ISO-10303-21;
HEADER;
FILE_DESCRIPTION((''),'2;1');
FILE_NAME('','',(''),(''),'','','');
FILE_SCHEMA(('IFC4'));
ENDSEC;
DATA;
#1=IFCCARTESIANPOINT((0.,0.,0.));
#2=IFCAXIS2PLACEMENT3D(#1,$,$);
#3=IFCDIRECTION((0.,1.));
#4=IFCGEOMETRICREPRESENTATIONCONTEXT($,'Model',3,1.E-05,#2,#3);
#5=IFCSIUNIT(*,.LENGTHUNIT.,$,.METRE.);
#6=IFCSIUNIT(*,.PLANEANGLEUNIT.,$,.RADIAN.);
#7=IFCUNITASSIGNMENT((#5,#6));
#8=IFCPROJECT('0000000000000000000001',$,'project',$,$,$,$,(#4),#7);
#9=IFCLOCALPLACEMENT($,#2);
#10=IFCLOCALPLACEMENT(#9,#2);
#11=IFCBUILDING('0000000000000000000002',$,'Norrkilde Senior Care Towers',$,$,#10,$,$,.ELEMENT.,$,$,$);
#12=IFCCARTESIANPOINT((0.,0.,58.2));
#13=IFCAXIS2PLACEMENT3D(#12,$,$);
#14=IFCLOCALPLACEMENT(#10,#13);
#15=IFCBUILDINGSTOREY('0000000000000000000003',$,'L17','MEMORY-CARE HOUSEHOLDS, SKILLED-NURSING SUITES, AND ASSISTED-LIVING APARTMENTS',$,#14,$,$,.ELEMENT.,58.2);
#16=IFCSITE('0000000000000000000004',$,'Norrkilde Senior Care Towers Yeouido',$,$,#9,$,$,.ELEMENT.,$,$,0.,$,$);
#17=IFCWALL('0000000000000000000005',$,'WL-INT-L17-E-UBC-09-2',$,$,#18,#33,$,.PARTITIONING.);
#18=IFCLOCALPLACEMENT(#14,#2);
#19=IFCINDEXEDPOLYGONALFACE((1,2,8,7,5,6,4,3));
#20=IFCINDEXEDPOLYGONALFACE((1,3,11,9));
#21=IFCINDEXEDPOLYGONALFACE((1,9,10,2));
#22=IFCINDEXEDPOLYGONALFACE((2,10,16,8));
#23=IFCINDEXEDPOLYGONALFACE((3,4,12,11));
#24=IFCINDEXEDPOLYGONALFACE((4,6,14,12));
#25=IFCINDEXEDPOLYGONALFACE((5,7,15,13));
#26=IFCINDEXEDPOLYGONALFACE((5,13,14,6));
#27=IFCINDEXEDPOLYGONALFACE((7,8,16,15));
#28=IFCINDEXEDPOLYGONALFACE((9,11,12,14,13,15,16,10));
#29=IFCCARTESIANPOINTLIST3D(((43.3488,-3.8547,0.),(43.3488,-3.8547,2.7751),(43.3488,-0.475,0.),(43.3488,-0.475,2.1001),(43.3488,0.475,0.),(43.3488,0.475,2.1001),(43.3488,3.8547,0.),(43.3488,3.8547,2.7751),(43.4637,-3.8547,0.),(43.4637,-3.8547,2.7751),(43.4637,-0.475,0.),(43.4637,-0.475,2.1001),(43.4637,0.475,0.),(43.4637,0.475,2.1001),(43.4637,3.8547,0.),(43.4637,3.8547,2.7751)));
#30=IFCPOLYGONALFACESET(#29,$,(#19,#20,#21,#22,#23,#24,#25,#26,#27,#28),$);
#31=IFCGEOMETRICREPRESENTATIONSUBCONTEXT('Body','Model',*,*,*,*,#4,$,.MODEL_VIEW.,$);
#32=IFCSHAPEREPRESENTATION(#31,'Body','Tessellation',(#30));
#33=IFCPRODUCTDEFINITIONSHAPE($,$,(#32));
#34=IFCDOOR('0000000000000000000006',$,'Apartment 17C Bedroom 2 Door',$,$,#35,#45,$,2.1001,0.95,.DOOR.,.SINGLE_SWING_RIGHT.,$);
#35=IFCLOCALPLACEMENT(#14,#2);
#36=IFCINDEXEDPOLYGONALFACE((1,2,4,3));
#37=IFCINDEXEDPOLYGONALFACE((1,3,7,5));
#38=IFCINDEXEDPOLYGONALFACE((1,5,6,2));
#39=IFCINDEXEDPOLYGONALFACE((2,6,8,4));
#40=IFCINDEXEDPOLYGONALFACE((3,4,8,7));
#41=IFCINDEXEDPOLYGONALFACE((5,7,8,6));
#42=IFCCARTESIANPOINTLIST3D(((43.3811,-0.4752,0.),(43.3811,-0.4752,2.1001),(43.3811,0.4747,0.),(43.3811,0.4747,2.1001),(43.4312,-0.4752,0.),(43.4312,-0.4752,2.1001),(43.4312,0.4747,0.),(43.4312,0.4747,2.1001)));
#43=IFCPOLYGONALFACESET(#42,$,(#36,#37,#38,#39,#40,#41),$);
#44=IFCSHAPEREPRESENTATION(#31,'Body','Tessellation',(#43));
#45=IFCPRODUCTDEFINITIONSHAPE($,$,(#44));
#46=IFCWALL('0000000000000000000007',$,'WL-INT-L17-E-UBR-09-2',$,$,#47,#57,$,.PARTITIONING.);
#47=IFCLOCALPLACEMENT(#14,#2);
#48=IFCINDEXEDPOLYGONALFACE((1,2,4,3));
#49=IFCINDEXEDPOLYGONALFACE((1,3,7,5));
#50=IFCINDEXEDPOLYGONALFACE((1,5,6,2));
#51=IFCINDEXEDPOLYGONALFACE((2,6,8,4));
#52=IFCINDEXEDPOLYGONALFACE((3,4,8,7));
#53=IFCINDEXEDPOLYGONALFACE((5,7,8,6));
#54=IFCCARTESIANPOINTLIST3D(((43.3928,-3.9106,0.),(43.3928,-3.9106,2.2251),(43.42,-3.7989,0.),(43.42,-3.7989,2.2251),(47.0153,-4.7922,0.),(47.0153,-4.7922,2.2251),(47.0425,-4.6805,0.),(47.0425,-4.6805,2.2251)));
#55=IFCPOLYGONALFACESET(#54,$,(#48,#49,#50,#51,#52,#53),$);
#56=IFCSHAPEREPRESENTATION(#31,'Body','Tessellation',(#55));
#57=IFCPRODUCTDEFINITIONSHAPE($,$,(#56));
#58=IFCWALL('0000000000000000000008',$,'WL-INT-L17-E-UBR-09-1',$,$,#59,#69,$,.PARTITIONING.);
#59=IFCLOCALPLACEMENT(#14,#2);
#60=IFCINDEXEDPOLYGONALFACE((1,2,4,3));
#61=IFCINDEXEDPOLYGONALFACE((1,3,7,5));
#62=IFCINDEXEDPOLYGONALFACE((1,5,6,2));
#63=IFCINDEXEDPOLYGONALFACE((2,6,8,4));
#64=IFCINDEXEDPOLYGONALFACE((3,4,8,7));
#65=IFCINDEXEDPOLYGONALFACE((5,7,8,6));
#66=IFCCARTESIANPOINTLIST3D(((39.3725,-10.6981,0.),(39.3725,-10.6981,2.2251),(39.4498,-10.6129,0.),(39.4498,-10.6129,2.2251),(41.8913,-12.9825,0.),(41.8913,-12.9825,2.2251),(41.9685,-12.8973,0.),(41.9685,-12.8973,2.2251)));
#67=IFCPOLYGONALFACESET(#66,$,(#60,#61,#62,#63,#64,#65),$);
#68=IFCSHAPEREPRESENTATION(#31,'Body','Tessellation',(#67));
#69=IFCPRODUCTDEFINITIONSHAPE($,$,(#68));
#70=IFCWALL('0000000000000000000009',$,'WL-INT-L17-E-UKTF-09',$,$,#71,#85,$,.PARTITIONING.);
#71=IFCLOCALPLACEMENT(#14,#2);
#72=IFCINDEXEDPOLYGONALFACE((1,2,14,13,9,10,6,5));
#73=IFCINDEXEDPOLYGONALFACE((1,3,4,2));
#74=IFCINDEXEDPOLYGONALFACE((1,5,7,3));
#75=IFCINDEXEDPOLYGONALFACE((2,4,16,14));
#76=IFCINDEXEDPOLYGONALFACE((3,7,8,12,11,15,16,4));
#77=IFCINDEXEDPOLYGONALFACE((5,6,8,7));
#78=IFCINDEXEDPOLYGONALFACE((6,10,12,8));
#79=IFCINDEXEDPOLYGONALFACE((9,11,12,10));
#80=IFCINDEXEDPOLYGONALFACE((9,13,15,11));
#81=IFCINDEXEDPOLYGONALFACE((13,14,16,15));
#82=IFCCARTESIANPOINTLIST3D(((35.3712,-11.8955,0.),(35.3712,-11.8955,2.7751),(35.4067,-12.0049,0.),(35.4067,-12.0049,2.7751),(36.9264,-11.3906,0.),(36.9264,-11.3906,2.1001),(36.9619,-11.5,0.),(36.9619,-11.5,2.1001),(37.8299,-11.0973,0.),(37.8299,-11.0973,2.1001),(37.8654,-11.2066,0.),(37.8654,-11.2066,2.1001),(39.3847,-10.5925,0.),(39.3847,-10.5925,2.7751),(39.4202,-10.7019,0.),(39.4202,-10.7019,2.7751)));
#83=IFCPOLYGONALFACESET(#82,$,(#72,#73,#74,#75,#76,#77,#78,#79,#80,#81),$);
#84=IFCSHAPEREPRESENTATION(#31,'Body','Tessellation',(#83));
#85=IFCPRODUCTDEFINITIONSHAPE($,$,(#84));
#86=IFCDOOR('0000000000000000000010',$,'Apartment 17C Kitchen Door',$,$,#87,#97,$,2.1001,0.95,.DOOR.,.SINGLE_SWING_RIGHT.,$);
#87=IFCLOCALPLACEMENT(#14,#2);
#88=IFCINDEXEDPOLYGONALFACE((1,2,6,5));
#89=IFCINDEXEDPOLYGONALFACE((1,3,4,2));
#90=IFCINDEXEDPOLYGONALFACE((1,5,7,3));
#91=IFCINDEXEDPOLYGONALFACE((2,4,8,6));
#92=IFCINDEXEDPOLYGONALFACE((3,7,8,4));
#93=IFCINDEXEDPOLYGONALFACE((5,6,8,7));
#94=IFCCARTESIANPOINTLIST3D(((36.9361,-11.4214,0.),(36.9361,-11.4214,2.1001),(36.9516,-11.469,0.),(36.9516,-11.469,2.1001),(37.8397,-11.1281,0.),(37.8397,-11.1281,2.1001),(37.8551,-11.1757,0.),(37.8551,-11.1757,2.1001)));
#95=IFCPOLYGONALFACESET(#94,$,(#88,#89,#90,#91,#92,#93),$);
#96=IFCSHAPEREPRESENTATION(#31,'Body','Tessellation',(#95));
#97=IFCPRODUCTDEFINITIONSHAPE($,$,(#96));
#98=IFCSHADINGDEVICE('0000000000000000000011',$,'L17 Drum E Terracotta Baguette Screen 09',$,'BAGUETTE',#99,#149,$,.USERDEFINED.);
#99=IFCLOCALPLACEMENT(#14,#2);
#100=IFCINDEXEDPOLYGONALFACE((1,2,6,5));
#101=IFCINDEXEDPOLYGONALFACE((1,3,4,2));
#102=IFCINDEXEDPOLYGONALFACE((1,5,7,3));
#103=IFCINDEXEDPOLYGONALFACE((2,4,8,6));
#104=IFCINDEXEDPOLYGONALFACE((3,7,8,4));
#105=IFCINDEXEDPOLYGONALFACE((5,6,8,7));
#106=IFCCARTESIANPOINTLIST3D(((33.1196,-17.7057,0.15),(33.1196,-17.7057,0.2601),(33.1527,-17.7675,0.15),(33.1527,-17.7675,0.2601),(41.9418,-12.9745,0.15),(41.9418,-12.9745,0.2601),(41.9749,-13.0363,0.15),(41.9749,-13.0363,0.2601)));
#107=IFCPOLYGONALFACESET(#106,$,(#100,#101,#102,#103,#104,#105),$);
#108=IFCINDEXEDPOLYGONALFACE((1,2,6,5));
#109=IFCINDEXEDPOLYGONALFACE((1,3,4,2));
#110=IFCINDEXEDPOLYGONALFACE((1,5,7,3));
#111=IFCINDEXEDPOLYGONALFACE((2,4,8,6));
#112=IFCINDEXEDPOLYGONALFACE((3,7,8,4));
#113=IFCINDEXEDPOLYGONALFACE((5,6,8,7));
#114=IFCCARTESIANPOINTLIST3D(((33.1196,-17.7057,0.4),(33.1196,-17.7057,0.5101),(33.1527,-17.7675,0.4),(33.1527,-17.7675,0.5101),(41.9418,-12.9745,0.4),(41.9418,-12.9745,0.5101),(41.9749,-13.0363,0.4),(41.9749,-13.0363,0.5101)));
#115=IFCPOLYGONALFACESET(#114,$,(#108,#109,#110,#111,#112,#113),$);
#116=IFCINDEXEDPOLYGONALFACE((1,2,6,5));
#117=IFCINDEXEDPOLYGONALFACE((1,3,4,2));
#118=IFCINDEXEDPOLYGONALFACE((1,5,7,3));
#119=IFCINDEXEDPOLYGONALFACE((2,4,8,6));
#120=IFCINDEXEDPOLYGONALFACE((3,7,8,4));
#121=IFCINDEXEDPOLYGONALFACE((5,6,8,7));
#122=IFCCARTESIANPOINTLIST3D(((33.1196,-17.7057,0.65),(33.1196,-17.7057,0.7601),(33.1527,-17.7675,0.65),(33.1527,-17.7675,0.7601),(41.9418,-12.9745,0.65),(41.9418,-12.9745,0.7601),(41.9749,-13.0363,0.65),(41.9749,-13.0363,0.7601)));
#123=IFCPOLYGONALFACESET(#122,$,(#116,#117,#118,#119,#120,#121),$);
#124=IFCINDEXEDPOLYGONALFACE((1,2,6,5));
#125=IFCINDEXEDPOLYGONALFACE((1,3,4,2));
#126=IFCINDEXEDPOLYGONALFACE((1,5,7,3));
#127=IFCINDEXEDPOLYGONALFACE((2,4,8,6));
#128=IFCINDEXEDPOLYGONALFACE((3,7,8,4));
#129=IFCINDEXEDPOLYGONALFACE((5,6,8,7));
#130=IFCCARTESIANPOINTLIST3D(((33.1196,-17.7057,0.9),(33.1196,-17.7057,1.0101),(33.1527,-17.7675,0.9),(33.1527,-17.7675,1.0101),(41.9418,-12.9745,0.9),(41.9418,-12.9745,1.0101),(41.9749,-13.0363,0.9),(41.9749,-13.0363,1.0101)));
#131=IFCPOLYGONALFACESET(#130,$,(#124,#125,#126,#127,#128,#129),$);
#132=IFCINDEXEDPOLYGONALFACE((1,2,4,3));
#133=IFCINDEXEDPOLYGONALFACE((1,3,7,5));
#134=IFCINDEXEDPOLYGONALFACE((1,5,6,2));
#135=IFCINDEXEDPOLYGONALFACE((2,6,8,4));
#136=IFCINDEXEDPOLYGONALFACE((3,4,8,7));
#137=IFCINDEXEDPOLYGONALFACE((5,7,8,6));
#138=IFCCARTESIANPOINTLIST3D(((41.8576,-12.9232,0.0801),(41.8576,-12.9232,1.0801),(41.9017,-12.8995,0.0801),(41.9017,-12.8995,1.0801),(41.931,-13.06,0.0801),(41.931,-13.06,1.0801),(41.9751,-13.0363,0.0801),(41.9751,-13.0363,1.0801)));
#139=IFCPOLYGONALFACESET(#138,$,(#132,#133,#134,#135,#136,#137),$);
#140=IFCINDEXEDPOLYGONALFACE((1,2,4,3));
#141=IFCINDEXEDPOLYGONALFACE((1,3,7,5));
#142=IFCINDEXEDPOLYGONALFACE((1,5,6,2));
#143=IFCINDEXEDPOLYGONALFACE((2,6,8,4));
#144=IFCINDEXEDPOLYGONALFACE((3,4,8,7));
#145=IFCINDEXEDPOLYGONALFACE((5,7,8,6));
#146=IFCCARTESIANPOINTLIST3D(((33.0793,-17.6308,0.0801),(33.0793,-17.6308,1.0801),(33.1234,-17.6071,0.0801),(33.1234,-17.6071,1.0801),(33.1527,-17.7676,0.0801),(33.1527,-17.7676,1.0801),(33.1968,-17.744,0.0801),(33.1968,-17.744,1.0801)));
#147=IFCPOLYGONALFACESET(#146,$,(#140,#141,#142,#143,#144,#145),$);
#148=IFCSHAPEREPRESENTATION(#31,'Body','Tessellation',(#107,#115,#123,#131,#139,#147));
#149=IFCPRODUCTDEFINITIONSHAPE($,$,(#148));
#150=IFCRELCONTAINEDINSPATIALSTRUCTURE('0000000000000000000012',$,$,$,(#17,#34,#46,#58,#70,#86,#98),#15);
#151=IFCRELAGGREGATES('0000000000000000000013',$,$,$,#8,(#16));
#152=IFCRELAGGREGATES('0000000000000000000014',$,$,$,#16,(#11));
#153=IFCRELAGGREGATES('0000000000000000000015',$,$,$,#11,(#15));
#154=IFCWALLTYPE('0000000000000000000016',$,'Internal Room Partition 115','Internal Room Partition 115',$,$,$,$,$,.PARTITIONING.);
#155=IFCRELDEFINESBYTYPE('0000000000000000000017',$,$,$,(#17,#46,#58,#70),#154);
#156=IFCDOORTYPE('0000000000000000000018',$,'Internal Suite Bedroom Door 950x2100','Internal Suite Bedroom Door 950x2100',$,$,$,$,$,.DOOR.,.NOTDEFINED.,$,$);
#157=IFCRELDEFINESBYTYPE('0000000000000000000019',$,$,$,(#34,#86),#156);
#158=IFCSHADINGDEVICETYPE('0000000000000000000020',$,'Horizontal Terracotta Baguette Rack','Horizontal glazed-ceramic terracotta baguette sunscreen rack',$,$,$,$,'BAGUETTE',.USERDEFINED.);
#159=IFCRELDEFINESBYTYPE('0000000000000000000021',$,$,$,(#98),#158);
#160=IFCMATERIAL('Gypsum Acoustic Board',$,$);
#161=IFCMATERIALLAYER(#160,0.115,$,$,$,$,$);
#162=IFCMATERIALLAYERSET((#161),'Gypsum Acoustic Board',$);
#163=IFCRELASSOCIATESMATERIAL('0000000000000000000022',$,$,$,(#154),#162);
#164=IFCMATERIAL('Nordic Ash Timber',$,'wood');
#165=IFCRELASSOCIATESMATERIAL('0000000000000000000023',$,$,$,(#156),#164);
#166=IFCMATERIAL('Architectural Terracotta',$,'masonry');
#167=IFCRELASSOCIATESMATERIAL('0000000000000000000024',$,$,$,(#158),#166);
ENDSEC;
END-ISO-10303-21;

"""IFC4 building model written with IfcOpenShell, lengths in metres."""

from ifc_helpers import new_model, si_unit, direction, frame, frame_2d, origin, origin_2d, place, context, subcontext, project, spatial, rectangle, extrude, source, transform, mapped, material, layer, layer_set, type_object, type_shapes, element, fill, save


model = new_model("IFC4")

# Units and contexts
model_context = context("Model", 3, precision=1e-05, world=origin(), true_north=direction((0.0, 1.0)))
body_context = subcontext(model_context, "Body", "Model", "MODEL_VIEW")
ifc_project = project(units=[si_unit("LENGTHUNIT", "METRE"), si_unit("PLANEANGLEUNIT", "RADIAN")], contexts=[model_context])

# Site, building, storey
site_placement = place(None, origin())
site = spatial("IfcSite", under=ifc_project, at=site_placement, Name="Norrkilde Senior Care Towers Yeouido", CompositionType="ELEMENT", RefElevation=0.0)
building_placement = place(site_placement, origin())
building = spatial("IfcBuilding", under=site, at=building_placement, Name="Norrkilde Senior Care Towers", CompositionType="ELEMENT")
storey_placement = place(building_placement, frame((0.0, 0.0, 58.2)))
storey = spatial("IfcBuildingStorey", under=building, at=storey_placement, Name="L17", Description="MEMORY-CARE HOUSEHOLDS, SKILLED-NURSING SUITES, AND ASSISTED-LIVING APARTMENTS", CompositionType="ELEMENT", Elevation=58.2)

# Shared definitions
ifc_material_1 = material(Name="Gypsum Acoustic Board")
ifc_material_2 = material(Name="Nordic Ash Timber", Category="wood")

# Wall, opening, door
ifc_layer_1 = layer(ifc_material_1, 0.115)
ifc_layer_set_1 = layer_set([ifc_layer_1], Name="Gypsum Acoustic Board")
wall_type_1 = type_object("IfcWallType", Name="Internal Room Partition 115", Description="Internal Room Partition 115", PredefinedType="PARTITIONING", material=ifc_layer_set_1)
door_type_1 = type_object("IfcDoorType", Name="Internal Suite Bedroom Door 950x2100", Description="Internal Suite Bedroom Door 950x2100", OperationType="NOTDEFINED", PredefinedType="DOOR", material=ifc_material_2)
shared_shape_1 = source(origin(), body_context, "Body", "SweptSolid", [
    extrude(rectangle(XDim=0.95, YDim=2.1001, at=frame_2d((0.4751, 1.05))), frame((0.0, 0.0249, 0.0), z_axis=(0.0, -1.0, 0.0), x_axis=(1.0, 0.0, 0.0)), (0.0, 0.0, 1.0), 0.05),
])
type_shapes(door_type_1, [shared_shape_1])
shared_shape_2 = source(origin(), body_context, "Body", "SweptSolid", [
    extrude(rectangle(XDim=7.7095, YDim=0.115, at=frame_2d((3.8547, 0.0))), origin(), (0.0, 0.0, 1.0), 2.7751),
])
wall_1_placement = place(storey_placement, frame((43.4062, -3.8547, 0.0), z_axis=(0.0, 0.0, 1.0), x_axis=(0.0, 1.0, 0.0)))
wall_1 = element("IfcWall", 1, at=wall_1_placement, inside=storey, type_object=wall_type_1, Name="WL-INT-L17-E-UBC-09-2", PredefinedType="PARTITIONING", context=body_context, shape_type="MappedRepresentation", body=[
    mapped(shared_shape_2, transform((0.0, 0.0, 0.0), x_axis=(1.0, 0.0, 0.0), y_axis=(0.0, 1.0, 0.0), z_axis=(0.0, 0.0, 1.0), scale=1.0)),
])
opening_1_placement = place(wall_1_placement, frame((3.3796, 0.0, 0.0)))
opening_1 = element("IfcOpeningElement", 2, at=opening_1_placement, cuts=wall_1, PredefinedType="OPENING", context=body_context, shape_type="SweptSolid", body=[
    extrude(rectangle(XDim=0.95, YDim=2.1001, at=frame_2d((0.4751, 1.05))), frame((0.0, 0.0674, 0.0), z_axis=(0.0, -1.0, 0.0), x_axis=(1.0, 0.0, 0.0)), (0.0, 0.0, 1.0), 0.135),
])
door_1_placement = place(opening_1_placement, frame((0.95, 0.0, 0.0), z_axis=(0.0, 0.0, 1.0), x_axis=(-1.0, 0.0, 0.0)))
door_1 = element("IfcDoor", 3, at=door_1_placement, inside=storey, type_object=door_type_1, Name="Apartment 17C Bedroom 2 Door", OperationType="SINGLE_SWING_RIGHT", OverallHeight=2.1001, OverallWidth=0.95, PredefinedType="DOOR", context=body_context, shape_type="MappedRepresentation", body=[
    mapped(shared_shape_1, transform((0.0, 0.0, 0.0), x_axis=(1.0, 0.0, 0.0), y_axis=(0.0, 1.0, 0.0), z_axis=(0.0, 0.0, 1.0), scale=1.0)),
])
fill(opening_1, door_1)

# Walls
shared_shape_3 = source(origin(), body_context, "Body", "SweptSolid", [
    extrude(rectangle(XDim=3.7283, YDim=0.115, at=frame_2d((1.8643, 0.0))), origin(), (0.0, 0.0, 1.0), 2.2251),
])
wall_2_placement = place(storey_placement, frame((43.4062, -3.8547, 0.0), z_axis=(0.0, 0.0, 1.0), x_axis=(0.971641, -0.23646, 0.0)))
element("IfcWall", 4, at=wall_2_placement, inside=storey, type_object=wall_type_1, Name="WL-INT-L17-E-UBR-09-2", PredefinedType="PARTITIONING", context=body_context, shape_type="MappedRepresentation", body=[
    mapped(shared_shape_3, transform((0.0, 0.0, 0.0), x_axis=(1.0, 0.0, 0.0), y_axis=(0.0, 1.0, 0.0), z_axis=(0.0, 0.0, 1.0), scale=1.0)),
])
shared_shape_4 = source(origin(), body_context, "Body", "SweptSolid", [
    extrude(rectangle(XDim=3.4004, YDim=0.115, at=frame_2d((1.7002, 0.0))), origin(), (0.0, 0.0, 1.0), 2.2251),
])
wall_3_placement = place(storey_placement, frame((39.4111, -10.6555, 0.0), z_axis=(0.0, 0.0, 1.0), x_axis=(0.740729, -0.671804, 0.0)))
element("IfcWall", 5, at=wall_3_placement, inside=storey, type_object=wall_type_1, Name="WL-INT-L17-E-UBR-09-1", PredefinedType="PARTITIONING", context=body_context, shape_type="MappedRepresentation", body=[
    mapped(shared_shape_4, transform((0.0, 0.0, 0.0), x_axis=(1.0, 0.0, 0.0), y_axis=(0.0, 1.0, 0.0), z_axis=(0.0, 0.0, 1.0), scale=1.0)),
])

# Wall, opening, door
shared_shape_5 = source(origin(), body_context, "Body", "SweptSolid", [
    extrude(rectangle(XDim=4.2197, YDim=0.115, at=frame_2d((2.1099, 0.0))), origin(), (0.0, 0.0, 1.0), 2.7751),
])
wall_4_placement = place(storey_placement, frame((35.3889, -11.9502, 0.0), z_axis=(0.0, 0.0, 1.0), x_axis=(0.951131, 0.308789, 0.0)))
wall_4 = element("IfcWall", 6, at=wall_4_placement, inside=storey, type_object=wall_type_1, Name="WL-INT-L17-E-UKTF-09", PredefinedType="PARTITIONING", context=body_context, shape_type="MappedRepresentation", body=[
    mapped(shared_shape_5, transform((0.0, 0.0, 0.0), x_axis=(1.0, 0.0, 0.0), y_axis=(0.0, 1.0, 0.0), z_axis=(0.0, 0.0, 1.0), scale=1.0)),
])
opening_2_placement = place(wall_4_placement, frame((1.635, 0.0, 0.0)))
opening_2 = element("IfcOpeningElement", 7, at=opening_2_placement, cuts=wall_4, PredefinedType="OPENING", context=body_context, shape_type="SweptSolid", body=[
    extrude(rectangle(XDim=0.95, YDim=2.1001, at=frame_2d((0.4751, 1.05))), frame((0.0, 0.0674, 0.0), z_axis=(0.0, -1.0, 0.0), x_axis=(1.0, 0.0, 0.0)), (0.0, 0.0, 1.0), 0.135),
])
door_2_placement = place(opening_2_placement, frame((0.95, 0.0, 0.0), z_axis=(0.0, 0.0, 1.0), x_axis=(-1.0, 0.0, 0.0)))
door_2 = element("IfcDoor", 8, at=door_2_placement, inside=storey, type_object=door_type_1, Name="Apartment 17C Kitchen Door", OperationType="SINGLE_SWING_RIGHT", OverallHeight=2.1001, OverallWidth=0.95, PredefinedType="DOOR", context=body_context, shape_type="MappedRepresentation", body=[
    mapped(shared_shape_1, transform((0.0, 0.0, 0.0), x_axis=(1.0, 0.0, 0.0), y_axis=(0.0, 1.0, 0.0), z_axis=(0.0, 0.0, 1.0), scale=1.0)),
])
fill(opening_2, door_2)

# Shading device
ifc_material_3 = material(Name="Architectural Terracotta", Category="masonry")
shading_device_type = type_object("IfcShadingDeviceType", Name="Horizontal Terracotta Baguette Rack", Description="Horizontal glazed-ceramic terracotta baguette sunscreen rack", ElementType="BAGUETTE", PredefinedType="USERDEFINED", material=ifc_material_3)
shared_shape_6 = source(origin(), body_context, "Body", "SweptSolid", [
    extrude(rectangle(XDim=0.0701, YDim=0.1101, at=origin_2d()), frame((0.0, 0.0901, 0.125), z_axis=(1.0, 0.0, 0.0), x_axis=(0.0, 1.0, 0.0)), (0.0, 0.0, 1.0), 10.0107),
    extrude(rectangle(XDim=0.0701, YDim=0.1101, at=origin_2d()), frame((0.0, 0.0901, 0.375), z_axis=(1.0, 0.0, 0.0), x_axis=(0.0, 1.0, 0.0)), (0.0, 0.0, 1.0), 10.0107),
    extrude(rectangle(XDim=0.0701, YDim=0.1101, at=origin_2d()), frame((0.0, 0.0901, 0.625), z_axis=(1.0, 0.0, 0.0), x_axis=(0.0, 1.0, 0.0)), (0.0, 0.0, 1.0), 10.0107),
    extrude(rectangle(XDim=0.0701, YDim=0.1101, at=origin_2d()), frame((0.0, 0.0901, 0.875), z_axis=(1.0, 0.0, 0.0), x_axis=(0.0, 1.0, 0.0)), (0.0, 0.0, 1.0), 10.0107),
    extrude(rectangle(XDim=0.05, YDim=0.1553, at=origin_2d()), frame((0.0249, 0.0476, 0.0)), (0.0, 0.0, 1.0), 1.0),
    extrude(rectangle(XDim=0.05, YDim=0.1553, at=origin_2d()), frame((9.9858, 0.0476, 0.0)), (0.0, 0.0, 1.0), 1.0),
])
type_shapes(shading_device_type, [shared_shape_6])
shading_device_placement = place(storey_placement, frame((41.9158, -12.926, 0.0801), z_axis=(0.0, 0.0, 1.0), x_axis=(-0.88128, -0.472612, 0.0)))
element("IfcShadingDevice", 9, at=shading_device_placement, inside=storey, type_object=shading_device_type, Name="L17 Drum E Terracotta Baguette Screen 09", ObjectType="BAGUETTE", PredefinedType="USERDEFINED", context=body_context, shape_type="MappedRepresentation", body=[
    mapped(shared_shape_6, transform((0.0, 0.0, 0.0), x_axis=(1.0, 0.0, 0.0), y_axis=(0.0, 1.0, 0.0), z_axis=(0.0, 0.0, 1.0), scale=1.0)),
])

save(model, "model.ifc")
